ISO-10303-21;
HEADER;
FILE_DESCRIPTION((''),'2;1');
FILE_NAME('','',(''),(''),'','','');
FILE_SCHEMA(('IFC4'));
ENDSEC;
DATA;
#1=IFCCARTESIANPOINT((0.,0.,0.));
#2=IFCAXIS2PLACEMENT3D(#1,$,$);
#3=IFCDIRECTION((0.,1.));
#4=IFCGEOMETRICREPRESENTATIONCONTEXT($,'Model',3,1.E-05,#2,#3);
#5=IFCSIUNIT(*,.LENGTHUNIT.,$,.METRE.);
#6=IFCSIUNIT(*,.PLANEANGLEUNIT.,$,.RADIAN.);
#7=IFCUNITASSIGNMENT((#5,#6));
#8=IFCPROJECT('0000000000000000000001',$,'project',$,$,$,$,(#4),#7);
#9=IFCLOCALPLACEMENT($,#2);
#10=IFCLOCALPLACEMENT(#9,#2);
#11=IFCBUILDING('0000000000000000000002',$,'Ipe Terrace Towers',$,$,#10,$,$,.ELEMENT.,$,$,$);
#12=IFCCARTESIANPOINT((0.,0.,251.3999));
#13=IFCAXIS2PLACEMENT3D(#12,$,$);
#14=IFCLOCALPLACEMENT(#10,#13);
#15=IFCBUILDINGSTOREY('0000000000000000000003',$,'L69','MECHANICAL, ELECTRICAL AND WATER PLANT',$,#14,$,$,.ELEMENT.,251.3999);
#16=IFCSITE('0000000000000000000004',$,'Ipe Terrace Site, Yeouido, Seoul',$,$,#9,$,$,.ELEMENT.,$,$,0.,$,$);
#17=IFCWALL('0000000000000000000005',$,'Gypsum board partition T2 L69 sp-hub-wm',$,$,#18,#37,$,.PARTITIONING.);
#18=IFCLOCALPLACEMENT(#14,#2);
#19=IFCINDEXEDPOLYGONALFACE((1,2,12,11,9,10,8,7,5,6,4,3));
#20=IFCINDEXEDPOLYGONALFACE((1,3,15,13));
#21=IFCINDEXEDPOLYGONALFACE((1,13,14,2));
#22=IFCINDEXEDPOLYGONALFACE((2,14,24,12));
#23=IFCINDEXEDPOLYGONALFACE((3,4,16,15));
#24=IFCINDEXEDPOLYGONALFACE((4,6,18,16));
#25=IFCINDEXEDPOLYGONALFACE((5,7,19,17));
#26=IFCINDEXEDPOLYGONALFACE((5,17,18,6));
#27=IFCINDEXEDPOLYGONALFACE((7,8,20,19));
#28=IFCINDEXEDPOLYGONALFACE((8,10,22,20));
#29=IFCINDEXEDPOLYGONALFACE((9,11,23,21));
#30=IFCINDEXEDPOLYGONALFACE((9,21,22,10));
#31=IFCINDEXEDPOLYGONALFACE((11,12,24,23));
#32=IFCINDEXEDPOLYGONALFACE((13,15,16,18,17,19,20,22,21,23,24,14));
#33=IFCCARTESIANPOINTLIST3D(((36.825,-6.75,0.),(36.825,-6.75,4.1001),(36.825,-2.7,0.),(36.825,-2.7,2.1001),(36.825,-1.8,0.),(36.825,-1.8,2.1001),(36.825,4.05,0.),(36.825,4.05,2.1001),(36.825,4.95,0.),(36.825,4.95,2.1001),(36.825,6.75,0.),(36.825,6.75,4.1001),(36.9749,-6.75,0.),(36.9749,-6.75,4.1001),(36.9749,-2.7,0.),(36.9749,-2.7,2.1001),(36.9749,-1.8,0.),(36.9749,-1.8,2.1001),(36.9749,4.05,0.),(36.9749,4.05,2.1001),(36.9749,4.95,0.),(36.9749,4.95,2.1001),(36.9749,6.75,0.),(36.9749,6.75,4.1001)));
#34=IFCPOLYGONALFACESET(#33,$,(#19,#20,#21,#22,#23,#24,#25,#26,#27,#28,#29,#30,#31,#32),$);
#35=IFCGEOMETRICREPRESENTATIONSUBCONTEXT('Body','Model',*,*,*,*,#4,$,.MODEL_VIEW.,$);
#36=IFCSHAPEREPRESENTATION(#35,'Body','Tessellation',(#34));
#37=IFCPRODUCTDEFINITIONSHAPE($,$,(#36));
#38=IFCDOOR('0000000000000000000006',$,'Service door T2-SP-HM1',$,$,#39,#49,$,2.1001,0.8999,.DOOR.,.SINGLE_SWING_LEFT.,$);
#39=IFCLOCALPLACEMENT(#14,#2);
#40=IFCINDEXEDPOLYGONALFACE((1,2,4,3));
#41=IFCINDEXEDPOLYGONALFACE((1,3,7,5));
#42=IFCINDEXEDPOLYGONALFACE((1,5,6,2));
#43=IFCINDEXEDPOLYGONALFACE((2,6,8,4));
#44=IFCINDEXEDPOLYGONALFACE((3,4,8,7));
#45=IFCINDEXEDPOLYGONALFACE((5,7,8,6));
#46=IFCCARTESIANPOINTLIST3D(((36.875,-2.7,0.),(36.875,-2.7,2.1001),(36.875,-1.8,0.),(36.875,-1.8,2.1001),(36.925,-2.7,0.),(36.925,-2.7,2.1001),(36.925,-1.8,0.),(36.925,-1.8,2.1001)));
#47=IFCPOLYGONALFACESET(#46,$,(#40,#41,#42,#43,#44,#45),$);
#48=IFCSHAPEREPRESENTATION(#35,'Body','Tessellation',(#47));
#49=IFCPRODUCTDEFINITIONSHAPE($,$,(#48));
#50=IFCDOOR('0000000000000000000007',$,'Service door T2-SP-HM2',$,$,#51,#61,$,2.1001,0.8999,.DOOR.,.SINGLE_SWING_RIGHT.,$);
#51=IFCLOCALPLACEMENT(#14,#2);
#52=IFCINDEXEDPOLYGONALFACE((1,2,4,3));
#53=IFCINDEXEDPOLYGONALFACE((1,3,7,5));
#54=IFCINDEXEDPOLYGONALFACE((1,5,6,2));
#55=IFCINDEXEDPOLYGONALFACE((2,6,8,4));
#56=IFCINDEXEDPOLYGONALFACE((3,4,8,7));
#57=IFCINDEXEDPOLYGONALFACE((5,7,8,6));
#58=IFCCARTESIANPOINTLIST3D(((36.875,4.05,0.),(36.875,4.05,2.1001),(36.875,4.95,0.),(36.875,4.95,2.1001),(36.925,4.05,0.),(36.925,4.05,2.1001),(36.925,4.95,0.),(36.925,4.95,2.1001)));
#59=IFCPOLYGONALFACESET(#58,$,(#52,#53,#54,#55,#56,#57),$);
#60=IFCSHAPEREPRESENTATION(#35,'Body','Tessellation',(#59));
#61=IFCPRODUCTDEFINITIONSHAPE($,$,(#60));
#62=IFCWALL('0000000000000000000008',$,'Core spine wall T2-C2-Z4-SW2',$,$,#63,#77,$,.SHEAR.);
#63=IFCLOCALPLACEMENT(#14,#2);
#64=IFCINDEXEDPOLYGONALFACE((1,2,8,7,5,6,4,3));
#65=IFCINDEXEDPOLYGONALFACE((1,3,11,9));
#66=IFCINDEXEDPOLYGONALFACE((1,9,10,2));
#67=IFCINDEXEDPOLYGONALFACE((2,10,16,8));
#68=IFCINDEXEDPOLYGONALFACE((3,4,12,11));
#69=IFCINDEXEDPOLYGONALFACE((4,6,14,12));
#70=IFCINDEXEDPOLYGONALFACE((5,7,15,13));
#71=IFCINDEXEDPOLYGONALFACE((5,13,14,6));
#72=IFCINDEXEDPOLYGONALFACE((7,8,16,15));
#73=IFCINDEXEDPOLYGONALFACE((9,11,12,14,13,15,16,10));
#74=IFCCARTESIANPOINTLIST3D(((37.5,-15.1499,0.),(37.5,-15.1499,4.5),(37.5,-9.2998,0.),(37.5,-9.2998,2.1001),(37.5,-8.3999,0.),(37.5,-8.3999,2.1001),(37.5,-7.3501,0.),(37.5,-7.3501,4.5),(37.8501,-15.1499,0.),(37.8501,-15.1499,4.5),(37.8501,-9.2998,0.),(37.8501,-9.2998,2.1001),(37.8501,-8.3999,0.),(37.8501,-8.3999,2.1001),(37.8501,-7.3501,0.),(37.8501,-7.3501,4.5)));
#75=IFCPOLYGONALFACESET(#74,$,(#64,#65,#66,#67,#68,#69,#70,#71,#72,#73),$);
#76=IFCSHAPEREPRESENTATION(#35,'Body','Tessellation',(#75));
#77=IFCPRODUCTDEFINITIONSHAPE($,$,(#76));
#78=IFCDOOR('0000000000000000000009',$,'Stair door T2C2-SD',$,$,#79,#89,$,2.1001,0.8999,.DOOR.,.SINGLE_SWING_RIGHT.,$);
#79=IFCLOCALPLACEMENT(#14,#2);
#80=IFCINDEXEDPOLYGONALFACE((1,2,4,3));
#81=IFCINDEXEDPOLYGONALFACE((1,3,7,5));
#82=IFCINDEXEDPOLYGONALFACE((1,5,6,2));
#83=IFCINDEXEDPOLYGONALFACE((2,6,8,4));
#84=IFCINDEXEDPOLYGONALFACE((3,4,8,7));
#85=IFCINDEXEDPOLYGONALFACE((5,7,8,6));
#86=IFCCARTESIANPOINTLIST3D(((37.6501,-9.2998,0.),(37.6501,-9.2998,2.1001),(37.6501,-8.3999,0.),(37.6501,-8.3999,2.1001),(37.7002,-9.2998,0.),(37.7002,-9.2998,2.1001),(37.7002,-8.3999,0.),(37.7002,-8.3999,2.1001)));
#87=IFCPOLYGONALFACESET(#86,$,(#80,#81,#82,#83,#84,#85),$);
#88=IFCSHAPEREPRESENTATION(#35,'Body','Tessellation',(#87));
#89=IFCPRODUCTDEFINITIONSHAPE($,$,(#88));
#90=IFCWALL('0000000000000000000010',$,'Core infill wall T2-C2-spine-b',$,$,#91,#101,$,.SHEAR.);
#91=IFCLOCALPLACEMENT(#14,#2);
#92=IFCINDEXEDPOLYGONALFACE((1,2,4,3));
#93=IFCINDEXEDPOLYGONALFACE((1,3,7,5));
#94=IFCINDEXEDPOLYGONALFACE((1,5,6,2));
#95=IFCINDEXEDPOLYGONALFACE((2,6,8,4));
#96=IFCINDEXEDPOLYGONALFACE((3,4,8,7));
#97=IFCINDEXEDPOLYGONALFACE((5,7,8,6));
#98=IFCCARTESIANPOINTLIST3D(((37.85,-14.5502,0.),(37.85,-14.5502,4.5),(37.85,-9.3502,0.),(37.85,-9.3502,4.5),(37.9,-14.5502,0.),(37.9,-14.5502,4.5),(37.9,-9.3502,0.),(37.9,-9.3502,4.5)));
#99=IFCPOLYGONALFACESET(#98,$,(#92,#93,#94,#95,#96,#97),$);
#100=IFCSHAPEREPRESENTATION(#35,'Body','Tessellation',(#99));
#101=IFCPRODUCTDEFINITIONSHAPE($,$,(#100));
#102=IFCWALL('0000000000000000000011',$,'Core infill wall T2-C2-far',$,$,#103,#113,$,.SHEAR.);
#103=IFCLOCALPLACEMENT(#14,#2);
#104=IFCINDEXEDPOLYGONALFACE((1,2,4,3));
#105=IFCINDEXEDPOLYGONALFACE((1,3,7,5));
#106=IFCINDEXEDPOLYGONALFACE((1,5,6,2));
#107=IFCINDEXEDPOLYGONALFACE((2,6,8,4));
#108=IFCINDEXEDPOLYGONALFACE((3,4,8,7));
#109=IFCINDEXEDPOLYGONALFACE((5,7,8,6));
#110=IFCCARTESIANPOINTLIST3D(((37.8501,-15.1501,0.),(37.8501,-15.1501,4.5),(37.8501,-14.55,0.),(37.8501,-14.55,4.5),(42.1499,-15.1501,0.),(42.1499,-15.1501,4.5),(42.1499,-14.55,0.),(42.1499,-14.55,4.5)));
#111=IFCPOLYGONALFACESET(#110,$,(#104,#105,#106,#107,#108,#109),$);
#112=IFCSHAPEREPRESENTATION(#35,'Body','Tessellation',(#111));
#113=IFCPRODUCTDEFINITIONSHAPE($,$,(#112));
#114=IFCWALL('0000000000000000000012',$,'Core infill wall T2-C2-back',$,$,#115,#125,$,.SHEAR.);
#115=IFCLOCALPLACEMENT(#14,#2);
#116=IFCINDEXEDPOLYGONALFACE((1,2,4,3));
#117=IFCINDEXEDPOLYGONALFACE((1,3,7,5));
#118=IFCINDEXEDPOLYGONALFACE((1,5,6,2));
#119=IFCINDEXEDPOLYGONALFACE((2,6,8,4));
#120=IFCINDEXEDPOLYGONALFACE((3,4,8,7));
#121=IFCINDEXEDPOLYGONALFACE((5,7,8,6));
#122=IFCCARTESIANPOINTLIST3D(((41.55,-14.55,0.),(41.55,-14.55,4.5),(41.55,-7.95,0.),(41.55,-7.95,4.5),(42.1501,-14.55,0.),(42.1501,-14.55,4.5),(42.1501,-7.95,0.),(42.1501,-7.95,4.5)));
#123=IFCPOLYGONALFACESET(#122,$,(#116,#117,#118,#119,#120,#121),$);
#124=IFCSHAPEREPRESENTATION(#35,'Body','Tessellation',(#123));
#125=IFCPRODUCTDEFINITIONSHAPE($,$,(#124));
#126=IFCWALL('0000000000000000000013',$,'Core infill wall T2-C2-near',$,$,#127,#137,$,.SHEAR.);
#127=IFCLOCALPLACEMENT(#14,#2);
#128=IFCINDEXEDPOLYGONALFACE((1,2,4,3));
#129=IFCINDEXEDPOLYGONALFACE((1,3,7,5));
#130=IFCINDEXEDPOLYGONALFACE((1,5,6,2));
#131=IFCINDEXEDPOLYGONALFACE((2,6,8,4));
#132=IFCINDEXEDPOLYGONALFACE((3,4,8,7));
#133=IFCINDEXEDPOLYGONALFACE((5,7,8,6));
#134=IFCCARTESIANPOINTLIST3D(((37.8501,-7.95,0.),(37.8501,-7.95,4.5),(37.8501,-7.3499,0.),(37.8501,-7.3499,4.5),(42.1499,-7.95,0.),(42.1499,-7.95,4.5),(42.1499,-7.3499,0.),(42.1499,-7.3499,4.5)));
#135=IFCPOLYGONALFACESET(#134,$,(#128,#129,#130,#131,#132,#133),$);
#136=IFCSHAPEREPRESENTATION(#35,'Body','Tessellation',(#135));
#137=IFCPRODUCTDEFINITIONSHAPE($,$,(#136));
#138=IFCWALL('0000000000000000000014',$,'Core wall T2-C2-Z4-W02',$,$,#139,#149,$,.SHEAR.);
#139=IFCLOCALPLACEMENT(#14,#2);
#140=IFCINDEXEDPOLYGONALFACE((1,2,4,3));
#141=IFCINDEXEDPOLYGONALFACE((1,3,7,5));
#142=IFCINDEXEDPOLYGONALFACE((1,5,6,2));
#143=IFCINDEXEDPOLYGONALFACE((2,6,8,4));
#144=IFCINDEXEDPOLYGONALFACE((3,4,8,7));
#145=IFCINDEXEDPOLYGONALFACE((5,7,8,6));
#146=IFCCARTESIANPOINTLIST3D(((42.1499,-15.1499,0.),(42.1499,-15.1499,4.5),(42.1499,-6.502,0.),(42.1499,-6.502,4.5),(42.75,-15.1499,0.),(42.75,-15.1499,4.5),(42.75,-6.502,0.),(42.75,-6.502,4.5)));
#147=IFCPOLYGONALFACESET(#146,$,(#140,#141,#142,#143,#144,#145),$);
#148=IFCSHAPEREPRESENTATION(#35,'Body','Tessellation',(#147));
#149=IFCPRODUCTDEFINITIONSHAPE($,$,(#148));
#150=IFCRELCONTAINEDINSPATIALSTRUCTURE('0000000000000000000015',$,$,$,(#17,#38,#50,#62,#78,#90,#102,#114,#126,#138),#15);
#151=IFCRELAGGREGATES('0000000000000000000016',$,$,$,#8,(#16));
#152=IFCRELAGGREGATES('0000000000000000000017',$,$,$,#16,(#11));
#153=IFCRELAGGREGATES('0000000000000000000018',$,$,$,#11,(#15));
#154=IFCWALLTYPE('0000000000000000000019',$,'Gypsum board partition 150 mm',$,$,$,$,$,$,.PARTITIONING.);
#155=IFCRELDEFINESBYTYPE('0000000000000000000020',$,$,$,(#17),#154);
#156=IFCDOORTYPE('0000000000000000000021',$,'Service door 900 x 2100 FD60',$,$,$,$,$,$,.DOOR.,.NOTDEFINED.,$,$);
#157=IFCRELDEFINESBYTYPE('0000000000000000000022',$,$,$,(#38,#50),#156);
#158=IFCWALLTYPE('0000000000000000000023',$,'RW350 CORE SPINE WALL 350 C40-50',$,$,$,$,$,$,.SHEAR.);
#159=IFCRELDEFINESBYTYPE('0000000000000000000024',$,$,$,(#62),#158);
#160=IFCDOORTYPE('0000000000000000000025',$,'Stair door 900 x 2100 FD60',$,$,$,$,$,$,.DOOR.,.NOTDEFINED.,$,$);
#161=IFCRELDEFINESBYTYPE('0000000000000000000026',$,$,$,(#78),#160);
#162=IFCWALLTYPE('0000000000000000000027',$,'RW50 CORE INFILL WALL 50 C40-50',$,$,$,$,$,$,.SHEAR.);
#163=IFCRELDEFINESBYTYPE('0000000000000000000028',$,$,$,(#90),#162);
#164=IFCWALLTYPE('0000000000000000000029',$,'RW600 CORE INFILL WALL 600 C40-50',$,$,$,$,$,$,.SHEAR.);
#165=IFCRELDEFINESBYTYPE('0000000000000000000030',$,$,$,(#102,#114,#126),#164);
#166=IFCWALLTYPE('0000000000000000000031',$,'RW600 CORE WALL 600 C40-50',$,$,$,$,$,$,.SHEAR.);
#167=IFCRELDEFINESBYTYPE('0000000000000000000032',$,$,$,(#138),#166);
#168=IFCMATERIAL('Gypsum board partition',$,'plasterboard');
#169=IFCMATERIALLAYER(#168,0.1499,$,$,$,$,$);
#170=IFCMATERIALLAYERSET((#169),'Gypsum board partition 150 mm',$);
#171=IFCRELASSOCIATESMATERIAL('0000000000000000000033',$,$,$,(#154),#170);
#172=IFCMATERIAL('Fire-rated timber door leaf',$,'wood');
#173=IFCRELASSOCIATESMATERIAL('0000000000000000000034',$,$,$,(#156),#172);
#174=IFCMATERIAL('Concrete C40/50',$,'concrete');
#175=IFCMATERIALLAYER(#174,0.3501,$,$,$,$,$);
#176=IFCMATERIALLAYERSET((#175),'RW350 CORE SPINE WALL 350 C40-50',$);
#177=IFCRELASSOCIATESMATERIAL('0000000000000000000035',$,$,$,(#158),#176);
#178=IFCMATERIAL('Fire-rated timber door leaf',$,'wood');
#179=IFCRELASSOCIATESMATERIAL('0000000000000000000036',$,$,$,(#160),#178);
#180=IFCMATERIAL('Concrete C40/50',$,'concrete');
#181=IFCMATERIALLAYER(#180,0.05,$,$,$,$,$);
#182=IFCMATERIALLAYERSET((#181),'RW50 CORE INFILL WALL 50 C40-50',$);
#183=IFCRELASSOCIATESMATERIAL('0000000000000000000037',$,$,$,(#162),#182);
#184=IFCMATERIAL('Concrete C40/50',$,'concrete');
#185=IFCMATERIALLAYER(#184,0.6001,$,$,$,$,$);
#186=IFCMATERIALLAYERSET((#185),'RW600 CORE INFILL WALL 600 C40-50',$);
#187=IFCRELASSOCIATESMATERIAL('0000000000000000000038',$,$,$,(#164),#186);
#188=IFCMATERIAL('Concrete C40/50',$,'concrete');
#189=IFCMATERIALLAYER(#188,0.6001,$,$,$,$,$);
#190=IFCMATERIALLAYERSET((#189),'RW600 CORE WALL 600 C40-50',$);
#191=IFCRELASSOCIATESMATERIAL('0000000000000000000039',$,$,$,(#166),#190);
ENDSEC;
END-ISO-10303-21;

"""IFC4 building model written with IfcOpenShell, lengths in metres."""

from ifc_helpers import new_model, si_unit, direction, frame, frame_2d, origin, place, context, subcontext, project, spatial, rectangle, extrude, material, layer, layer_set, type_object, element, fill, save


model = new_model("IFC4")

# Units and contexts
model_context = context("Model", 3, precision=1e-05, world=origin(), true_north=direction((0.0, 1.0)))
body_context = subcontext(model_context, "Body", "Model", "MODEL_VIEW")
ifc_project = project(units=[si_unit("LENGTHUNIT", "METRE"), si_unit("PLANEANGLEUNIT", "RADIAN")], contexts=[model_context])

# Site, building, storey
site_placement = place(None, origin())
site = spatial("IfcSite", under=ifc_project, at=site_placement, Name="Ipe Terrace Site, Yeouido, Seoul", CompositionType="ELEMENT", RefElevation=0.0)
building_placement = place(site_placement, origin())
building = spatial("IfcBuilding", under=site, at=building_placement, Name="Ipe Terrace Towers", CompositionType="ELEMENT")
storey_placement = place(building_placement, frame((0.0, 0.0, 251.3999)))
storey = spatial("IfcBuildingStorey", under=building, at=storey_placement, Name="L69", Description="MECHANICAL, ELECTRICAL AND WATER PLANT", CompositionType="ELEMENT", Elevation=251.3999)

# Wall, openings, doors
ifc_material_1 = material(Name="Gypsum board partition", Category="plasterboard")
ifc_layer_1 = layer(ifc_material_1, 0.1499)
ifc_layer_set_1 = layer_set([ifc_layer_1], Name="Gypsum board partition 150 mm")
wall_type_1 = type_object("IfcWallType", Name="Gypsum board partition 150 mm", PredefinedType="PARTITIONING", material=ifc_layer_set_1)
ifc_material_2 = material(Name="Fire-rated timber door leaf", Category="wood")
door_type_1 = type_object("IfcDoorType", Name="Service door 900 x 2100 FD60", OperationType="NOTDEFINED", PredefinedType="DOOR", material=ifc_material_2)
wall_1_placement = place(storey_placement, frame((36.8999, -6.75, 0.0), z_axis=(0.0, 0.0, 1.0), x_axis=(0.0, 1.0, 0.0)))
wall_1 = element("IfcWall", 1, at=wall_1_placement, inside=storey, type_object=wall_type_1, Name="Gypsum board partition T2 L69 sp-hub-wm", PredefinedType="PARTITIONING", context=body_context, shape_type="SweptSolid", body=[
    extrude(rectangle(XDim=13.5, YDim=0.1499, at=frame_2d((6.75, 0.0))), origin(), (0.0, 0.0, 1.0), 4.1001),
])
opening_1_placement = place(wall_1_placement, frame((4.05, 0.0, 0.0)))
opening_1 = element("IfcOpeningElement", 2, at=opening_1_placement, cuts=wall_1, PredefinedType="OPENING", context=body_context, shape_type="SweptSolid", body=[
    extrude(rectangle(XDim=0.8999, YDim=2.1001, at=frame_2d((0.45, 1.05))), frame((0.0, 0.085, 0.0), z_axis=(0.0, -1.0, 0.0), x_axis=(1.0, 0.0, 0.0)), (0.0, 0.0, 1.0), 0.1699),
])
opening_2_placement = place(wall_1_placement, frame((10.8, 0.0, 0.0)))
opening_2 = element("IfcOpeningElement", 3, at=opening_2_placement, cuts=wall_1, PredefinedType="OPENING", context=body_context, shape_type="SweptSolid", body=[
    extrude(rectangle(XDim=0.8999, YDim=2.1001, at=frame_2d((0.45, 1.05))), frame((0.0, 0.085, 0.0), z_axis=(0.0, -1.0, 0.0), x_axis=(1.0, 0.0, 0.0)), (0.0, 0.0, 1.0), 0.1699),
])
door_1_placement = place(opening_1_placement, origin())
door_1 = element("IfcDoor", 4, at=door_1_placement, inside=storey, type_object=door_type_1, Name="Service door T2-SP-HM1", OperationType="SINGLE_SWING_LEFT", OverallHeight=2.1001, OverallWidth=0.8999, PredefinedType="DOOR", context=body_context, shape_type="SweptSolid", body=[
    extrude(rectangle(XDim=0.8999, YDim=2.1001, at=frame_2d((0.45, 1.05))), frame((0.0, 0.0249, 0.0), z_axis=(0.0, -1.0, 0.0), x_axis=(1.0, 0.0, 0.0)), (0.0, 0.0, 1.0), 0.05),
])
fill(opening_1, door_1)
door_2_placement = place(opening_2_placement, origin())
door_2 = element("IfcDoor", 5, at=door_2_placement, inside=storey, type_object=door_type_1, Name="Service door T2-SP-HM2", OperationType="SINGLE_SWING_RIGHT", OverallHeight=2.1001, OverallWidth=0.8999, PredefinedType="DOOR", context=body_context, shape_type="SweptSolid", body=[
    extrude(rectangle(XDim=0.8999, YDim=2.1001, at=frame_2d((0.45, 1.05))), frame((0.0, 0.0249, 0.0), z_axis=(0.0, -1.0, 0.0), x_axis=(1.0, 0.0, 0.0)), (0.0, 0.0, 1.0), 0.05),
])
fill(opening_2, door_2)

# Wall, opening, door
ifc_material_3 = material(Name="Concrete C40/50", Category="concrete")
ifc_layer_2 = layer(ifc_material_3, 0.3501)
ifc_layer_set_2 = layer_set([ifc_layer_2], Name="RW350 CORE SPINE WALL 350 C40-50")
wall_type_2 = type_object("IfcWallType", Name="RW350 CORE SPINE WALL 350 C40-50", PredefinedType="SHEAR", material=ifc_layer_set_2)
wall_2_placement = place(storey_placement, frame((37.675, -15.1499, 0.0), z_axis=(0.0, 0.0, 1.0), x_axis=(0.0, 1.0, 0.0)))
wall_2 = element("IfcWall", 6, at=wall_2_placement, inside=storey, type_object=wall_type_2, Name="Core spine wall T2-C2-Z4-SW2", PredefinedType="SHEAR", context=body_context, shape_type="SweptSolid", body=[
    extrude(rectangle(XDim=7.7998, YDim=0.3501, at=frame_2d((3.8999, 0.0))), origin(), (0.0, 0.0, 1.0), 4.5),
])
opening_3_placement = place(wall_2_placement, frame((5.8501, 0.0, 0.0)))
opening_3 = element("IfcOpeningElement", 7, at=opening_3_placement, cuts=wall_2, PredefinedType="OPENING", context=body_context, shape_type="SweptSolid", body=[
    extrude(rectangle(XDim=0.8999, YDim=2.1001, at=frame_2d((0.45, 1.05))), frame((0.0, 0.1851, 0.0), z_axis=(0.0, -1.0, 0.0), x_axis=(1.0, 0.0, 0.0)), (0.0, 0.0, 1.0), 0.3701),
])
ifc_material_4 = material(Name="Fire-rated timber door leaf", Category="wood")
door_type_2 = type_object("IfcDoorType", Name="Stair door 900 x 2100 FD60", OperationType="NOTDEFINED", PredefinedType="DOOR", material=ifc_material_4)
door_3_placement = place(opening_3_placement, origin())
door_3 = element("IfcDoor", 8, at=door_3_placement, inside=storey, type_object=door_type_2, Name="Stair door T2C2-SD", OperationType="SINGLE_SWING_RIGHT", OverallHeight=2.1001, OverallWidth=0.8999, PredefinedType="DOOR", context=body_context, shape_type="SweptSolid", body=[
    extrude(rectangle(XDim=0.8999, YDim=2.1001, at=frame_2d((0.45, 1.05))), frame((0.0, 0.0249, 0.0), z_axis=(0.0, -1.0, 0.0), x_axis=(1.0, 0.0, 0.0)), (0.0, 0.0, 1.0), 0.05),
])
fill(opening_3, door_3)

# Walls
ifc_material_5 = material(Name="Concrete C40/50", Category="concrete")
ifc_layer_3 = layer(ifc_material_5, 0.05)
ifc_layer_set_3 = layer_set([ifc_layer_3], Name="RW50 CORE INFILL WALL 50 C40-50")
wall_type_3 = type_object("IfcWallType", Name="RW50 CORE INFILL WALL 50 C40-50", PredefinedType="SHEAR", material=ifc_layer_set_3)
wall_3_placement = place(storey_placement, frame((37.875, -9.3501, 0.0), z_axis=(0.0, 0.0, 1.0), x_axis=(0.0, -1.0, 0.0)))
element("IfcWall", 9, at=wall_3_placement, inside=storey, type_object=wall_type_3, Name="Core infill wall T2-C2-spine-b", PredefinedType="SHEAR", context=body_context, shape_type="SweptSolid", body=[
    extrude(rectangle(XDim=5.2, YDim=0.05, at=frame_2d((2.6001, 0.0))), origin(), (0.0, 0.0, 1.0), 4.5),
])
ifc_material_6 = material(Name="Concrete C40/50", Category="concrete")
ifc_layer_4 = layer(ifc_material_6, 0.6001)
ifc_layer_set_4 = layer_set([ifc_layer_4], Name="RW600 CORE INFILL WALL 600 C40-50")
wall_type_4 = type_object("IfcWallType", Name="RW600 CORE INFILL WALL 600 C40-50", PredefinedType="SHEAR", material=ifc_layer_set_4)
wall_4_placement = place(storey_placement, frame((37.8501, -14.8501, 0.0), z_axis=(0.0, 0.0, 1.0), x_axis=(1.0, 0.0, 0.0)))
element("IfcWall", 10, at=wall_4_placement, inside=storey, type_object=wall_type_4, Name="Core infill wall T2-C2-far", PredefinedType="SHEAR", context=body_context, shape_type="SweptSolid", body=[
    extrude(rectangle(XDim=4.2998, YDim=0.6001, at=frame_2d((2.1499, 0.0))), origin(), (0.0, 0.0, 1.0), 4.5),
])
wall_5_placement = place(storey_placement, frame((41.8501, -7.95, 0.0), z_axis=(0.0, 0.0, 1.0), x_axis=(0.0, -1.0, 0.0)))
element("IfcWall", 11, at=wall_5_placement, inside=storey, type_object=wall_type_4, Name="Core infill wall T2-C2-back", PredefinedType="SHEAR", context=body_context, shape_type="SweptSolid", body=[
    extrude(rectangle(XDim=6.6001, YDim=0.6001, at=frame_2d((3.3, 0.0))), origin(), (0.0, 0.0, 1.0), 4.5),
])
wall_6_placement = place(storey_placement, frame((37.8501, -7.6499, 0.0), z_axis=(0.0, 0.0, 1.0), x_axis=(1.0, 0.0, 0.0)))
element("IfcWall", 12, at=wall_6_placement, inside=storey, type_object=wall_type_4, Name="Core infill wall T2-C2-near", PredefinedType="SHEAR", context=body_context, shape_type="SweptSolid", body=[
    extrude(rectangle(XDim=4.2998, YDim=0.6001, at=frame_2d((2.1499, 0.0))), origin(), (0.0, 0.0, 1.0), 4.5),
])
ifc_material_7 = material(Name="Concrete C40/50", Category="concrete")
ifc_layer_5 = layer(ifc_material_7, 0.6001)
ifc_layer_set_5 = layer_set([ifc_layer_5], Name="RW600 CORE WALL 600 C40-50")
wall_type_5 = type_object("IfcWallType", Name="RW600 CORE WALL 600 C40-50", PredefinedType="SHEAR", material=ifc_layer_set_5)
wall_7_placement = place(storey_placement, frame((42.45, -15.1499, 0.0), z_axis=(0.0, 0.0, 1.0), x_axis=(0.0, 1.0, 0.0)))
element("IfcWall", 13, at=wall_7_placement, inside=storey, type_object=wall_type_5, Name="Core wall T2-C2-Z4-W02", PredefinedType="SHEAR", context=body_context, shape_type="SweptSolid", body=[
    extrude(rectangle(XDim=8.6479, YDim=0.6001, at=frame_2d((4.324, 0.0))), origin(), (0.0, 0.0, 1.0), 4.5),
])

save(model, "model.ifc")
